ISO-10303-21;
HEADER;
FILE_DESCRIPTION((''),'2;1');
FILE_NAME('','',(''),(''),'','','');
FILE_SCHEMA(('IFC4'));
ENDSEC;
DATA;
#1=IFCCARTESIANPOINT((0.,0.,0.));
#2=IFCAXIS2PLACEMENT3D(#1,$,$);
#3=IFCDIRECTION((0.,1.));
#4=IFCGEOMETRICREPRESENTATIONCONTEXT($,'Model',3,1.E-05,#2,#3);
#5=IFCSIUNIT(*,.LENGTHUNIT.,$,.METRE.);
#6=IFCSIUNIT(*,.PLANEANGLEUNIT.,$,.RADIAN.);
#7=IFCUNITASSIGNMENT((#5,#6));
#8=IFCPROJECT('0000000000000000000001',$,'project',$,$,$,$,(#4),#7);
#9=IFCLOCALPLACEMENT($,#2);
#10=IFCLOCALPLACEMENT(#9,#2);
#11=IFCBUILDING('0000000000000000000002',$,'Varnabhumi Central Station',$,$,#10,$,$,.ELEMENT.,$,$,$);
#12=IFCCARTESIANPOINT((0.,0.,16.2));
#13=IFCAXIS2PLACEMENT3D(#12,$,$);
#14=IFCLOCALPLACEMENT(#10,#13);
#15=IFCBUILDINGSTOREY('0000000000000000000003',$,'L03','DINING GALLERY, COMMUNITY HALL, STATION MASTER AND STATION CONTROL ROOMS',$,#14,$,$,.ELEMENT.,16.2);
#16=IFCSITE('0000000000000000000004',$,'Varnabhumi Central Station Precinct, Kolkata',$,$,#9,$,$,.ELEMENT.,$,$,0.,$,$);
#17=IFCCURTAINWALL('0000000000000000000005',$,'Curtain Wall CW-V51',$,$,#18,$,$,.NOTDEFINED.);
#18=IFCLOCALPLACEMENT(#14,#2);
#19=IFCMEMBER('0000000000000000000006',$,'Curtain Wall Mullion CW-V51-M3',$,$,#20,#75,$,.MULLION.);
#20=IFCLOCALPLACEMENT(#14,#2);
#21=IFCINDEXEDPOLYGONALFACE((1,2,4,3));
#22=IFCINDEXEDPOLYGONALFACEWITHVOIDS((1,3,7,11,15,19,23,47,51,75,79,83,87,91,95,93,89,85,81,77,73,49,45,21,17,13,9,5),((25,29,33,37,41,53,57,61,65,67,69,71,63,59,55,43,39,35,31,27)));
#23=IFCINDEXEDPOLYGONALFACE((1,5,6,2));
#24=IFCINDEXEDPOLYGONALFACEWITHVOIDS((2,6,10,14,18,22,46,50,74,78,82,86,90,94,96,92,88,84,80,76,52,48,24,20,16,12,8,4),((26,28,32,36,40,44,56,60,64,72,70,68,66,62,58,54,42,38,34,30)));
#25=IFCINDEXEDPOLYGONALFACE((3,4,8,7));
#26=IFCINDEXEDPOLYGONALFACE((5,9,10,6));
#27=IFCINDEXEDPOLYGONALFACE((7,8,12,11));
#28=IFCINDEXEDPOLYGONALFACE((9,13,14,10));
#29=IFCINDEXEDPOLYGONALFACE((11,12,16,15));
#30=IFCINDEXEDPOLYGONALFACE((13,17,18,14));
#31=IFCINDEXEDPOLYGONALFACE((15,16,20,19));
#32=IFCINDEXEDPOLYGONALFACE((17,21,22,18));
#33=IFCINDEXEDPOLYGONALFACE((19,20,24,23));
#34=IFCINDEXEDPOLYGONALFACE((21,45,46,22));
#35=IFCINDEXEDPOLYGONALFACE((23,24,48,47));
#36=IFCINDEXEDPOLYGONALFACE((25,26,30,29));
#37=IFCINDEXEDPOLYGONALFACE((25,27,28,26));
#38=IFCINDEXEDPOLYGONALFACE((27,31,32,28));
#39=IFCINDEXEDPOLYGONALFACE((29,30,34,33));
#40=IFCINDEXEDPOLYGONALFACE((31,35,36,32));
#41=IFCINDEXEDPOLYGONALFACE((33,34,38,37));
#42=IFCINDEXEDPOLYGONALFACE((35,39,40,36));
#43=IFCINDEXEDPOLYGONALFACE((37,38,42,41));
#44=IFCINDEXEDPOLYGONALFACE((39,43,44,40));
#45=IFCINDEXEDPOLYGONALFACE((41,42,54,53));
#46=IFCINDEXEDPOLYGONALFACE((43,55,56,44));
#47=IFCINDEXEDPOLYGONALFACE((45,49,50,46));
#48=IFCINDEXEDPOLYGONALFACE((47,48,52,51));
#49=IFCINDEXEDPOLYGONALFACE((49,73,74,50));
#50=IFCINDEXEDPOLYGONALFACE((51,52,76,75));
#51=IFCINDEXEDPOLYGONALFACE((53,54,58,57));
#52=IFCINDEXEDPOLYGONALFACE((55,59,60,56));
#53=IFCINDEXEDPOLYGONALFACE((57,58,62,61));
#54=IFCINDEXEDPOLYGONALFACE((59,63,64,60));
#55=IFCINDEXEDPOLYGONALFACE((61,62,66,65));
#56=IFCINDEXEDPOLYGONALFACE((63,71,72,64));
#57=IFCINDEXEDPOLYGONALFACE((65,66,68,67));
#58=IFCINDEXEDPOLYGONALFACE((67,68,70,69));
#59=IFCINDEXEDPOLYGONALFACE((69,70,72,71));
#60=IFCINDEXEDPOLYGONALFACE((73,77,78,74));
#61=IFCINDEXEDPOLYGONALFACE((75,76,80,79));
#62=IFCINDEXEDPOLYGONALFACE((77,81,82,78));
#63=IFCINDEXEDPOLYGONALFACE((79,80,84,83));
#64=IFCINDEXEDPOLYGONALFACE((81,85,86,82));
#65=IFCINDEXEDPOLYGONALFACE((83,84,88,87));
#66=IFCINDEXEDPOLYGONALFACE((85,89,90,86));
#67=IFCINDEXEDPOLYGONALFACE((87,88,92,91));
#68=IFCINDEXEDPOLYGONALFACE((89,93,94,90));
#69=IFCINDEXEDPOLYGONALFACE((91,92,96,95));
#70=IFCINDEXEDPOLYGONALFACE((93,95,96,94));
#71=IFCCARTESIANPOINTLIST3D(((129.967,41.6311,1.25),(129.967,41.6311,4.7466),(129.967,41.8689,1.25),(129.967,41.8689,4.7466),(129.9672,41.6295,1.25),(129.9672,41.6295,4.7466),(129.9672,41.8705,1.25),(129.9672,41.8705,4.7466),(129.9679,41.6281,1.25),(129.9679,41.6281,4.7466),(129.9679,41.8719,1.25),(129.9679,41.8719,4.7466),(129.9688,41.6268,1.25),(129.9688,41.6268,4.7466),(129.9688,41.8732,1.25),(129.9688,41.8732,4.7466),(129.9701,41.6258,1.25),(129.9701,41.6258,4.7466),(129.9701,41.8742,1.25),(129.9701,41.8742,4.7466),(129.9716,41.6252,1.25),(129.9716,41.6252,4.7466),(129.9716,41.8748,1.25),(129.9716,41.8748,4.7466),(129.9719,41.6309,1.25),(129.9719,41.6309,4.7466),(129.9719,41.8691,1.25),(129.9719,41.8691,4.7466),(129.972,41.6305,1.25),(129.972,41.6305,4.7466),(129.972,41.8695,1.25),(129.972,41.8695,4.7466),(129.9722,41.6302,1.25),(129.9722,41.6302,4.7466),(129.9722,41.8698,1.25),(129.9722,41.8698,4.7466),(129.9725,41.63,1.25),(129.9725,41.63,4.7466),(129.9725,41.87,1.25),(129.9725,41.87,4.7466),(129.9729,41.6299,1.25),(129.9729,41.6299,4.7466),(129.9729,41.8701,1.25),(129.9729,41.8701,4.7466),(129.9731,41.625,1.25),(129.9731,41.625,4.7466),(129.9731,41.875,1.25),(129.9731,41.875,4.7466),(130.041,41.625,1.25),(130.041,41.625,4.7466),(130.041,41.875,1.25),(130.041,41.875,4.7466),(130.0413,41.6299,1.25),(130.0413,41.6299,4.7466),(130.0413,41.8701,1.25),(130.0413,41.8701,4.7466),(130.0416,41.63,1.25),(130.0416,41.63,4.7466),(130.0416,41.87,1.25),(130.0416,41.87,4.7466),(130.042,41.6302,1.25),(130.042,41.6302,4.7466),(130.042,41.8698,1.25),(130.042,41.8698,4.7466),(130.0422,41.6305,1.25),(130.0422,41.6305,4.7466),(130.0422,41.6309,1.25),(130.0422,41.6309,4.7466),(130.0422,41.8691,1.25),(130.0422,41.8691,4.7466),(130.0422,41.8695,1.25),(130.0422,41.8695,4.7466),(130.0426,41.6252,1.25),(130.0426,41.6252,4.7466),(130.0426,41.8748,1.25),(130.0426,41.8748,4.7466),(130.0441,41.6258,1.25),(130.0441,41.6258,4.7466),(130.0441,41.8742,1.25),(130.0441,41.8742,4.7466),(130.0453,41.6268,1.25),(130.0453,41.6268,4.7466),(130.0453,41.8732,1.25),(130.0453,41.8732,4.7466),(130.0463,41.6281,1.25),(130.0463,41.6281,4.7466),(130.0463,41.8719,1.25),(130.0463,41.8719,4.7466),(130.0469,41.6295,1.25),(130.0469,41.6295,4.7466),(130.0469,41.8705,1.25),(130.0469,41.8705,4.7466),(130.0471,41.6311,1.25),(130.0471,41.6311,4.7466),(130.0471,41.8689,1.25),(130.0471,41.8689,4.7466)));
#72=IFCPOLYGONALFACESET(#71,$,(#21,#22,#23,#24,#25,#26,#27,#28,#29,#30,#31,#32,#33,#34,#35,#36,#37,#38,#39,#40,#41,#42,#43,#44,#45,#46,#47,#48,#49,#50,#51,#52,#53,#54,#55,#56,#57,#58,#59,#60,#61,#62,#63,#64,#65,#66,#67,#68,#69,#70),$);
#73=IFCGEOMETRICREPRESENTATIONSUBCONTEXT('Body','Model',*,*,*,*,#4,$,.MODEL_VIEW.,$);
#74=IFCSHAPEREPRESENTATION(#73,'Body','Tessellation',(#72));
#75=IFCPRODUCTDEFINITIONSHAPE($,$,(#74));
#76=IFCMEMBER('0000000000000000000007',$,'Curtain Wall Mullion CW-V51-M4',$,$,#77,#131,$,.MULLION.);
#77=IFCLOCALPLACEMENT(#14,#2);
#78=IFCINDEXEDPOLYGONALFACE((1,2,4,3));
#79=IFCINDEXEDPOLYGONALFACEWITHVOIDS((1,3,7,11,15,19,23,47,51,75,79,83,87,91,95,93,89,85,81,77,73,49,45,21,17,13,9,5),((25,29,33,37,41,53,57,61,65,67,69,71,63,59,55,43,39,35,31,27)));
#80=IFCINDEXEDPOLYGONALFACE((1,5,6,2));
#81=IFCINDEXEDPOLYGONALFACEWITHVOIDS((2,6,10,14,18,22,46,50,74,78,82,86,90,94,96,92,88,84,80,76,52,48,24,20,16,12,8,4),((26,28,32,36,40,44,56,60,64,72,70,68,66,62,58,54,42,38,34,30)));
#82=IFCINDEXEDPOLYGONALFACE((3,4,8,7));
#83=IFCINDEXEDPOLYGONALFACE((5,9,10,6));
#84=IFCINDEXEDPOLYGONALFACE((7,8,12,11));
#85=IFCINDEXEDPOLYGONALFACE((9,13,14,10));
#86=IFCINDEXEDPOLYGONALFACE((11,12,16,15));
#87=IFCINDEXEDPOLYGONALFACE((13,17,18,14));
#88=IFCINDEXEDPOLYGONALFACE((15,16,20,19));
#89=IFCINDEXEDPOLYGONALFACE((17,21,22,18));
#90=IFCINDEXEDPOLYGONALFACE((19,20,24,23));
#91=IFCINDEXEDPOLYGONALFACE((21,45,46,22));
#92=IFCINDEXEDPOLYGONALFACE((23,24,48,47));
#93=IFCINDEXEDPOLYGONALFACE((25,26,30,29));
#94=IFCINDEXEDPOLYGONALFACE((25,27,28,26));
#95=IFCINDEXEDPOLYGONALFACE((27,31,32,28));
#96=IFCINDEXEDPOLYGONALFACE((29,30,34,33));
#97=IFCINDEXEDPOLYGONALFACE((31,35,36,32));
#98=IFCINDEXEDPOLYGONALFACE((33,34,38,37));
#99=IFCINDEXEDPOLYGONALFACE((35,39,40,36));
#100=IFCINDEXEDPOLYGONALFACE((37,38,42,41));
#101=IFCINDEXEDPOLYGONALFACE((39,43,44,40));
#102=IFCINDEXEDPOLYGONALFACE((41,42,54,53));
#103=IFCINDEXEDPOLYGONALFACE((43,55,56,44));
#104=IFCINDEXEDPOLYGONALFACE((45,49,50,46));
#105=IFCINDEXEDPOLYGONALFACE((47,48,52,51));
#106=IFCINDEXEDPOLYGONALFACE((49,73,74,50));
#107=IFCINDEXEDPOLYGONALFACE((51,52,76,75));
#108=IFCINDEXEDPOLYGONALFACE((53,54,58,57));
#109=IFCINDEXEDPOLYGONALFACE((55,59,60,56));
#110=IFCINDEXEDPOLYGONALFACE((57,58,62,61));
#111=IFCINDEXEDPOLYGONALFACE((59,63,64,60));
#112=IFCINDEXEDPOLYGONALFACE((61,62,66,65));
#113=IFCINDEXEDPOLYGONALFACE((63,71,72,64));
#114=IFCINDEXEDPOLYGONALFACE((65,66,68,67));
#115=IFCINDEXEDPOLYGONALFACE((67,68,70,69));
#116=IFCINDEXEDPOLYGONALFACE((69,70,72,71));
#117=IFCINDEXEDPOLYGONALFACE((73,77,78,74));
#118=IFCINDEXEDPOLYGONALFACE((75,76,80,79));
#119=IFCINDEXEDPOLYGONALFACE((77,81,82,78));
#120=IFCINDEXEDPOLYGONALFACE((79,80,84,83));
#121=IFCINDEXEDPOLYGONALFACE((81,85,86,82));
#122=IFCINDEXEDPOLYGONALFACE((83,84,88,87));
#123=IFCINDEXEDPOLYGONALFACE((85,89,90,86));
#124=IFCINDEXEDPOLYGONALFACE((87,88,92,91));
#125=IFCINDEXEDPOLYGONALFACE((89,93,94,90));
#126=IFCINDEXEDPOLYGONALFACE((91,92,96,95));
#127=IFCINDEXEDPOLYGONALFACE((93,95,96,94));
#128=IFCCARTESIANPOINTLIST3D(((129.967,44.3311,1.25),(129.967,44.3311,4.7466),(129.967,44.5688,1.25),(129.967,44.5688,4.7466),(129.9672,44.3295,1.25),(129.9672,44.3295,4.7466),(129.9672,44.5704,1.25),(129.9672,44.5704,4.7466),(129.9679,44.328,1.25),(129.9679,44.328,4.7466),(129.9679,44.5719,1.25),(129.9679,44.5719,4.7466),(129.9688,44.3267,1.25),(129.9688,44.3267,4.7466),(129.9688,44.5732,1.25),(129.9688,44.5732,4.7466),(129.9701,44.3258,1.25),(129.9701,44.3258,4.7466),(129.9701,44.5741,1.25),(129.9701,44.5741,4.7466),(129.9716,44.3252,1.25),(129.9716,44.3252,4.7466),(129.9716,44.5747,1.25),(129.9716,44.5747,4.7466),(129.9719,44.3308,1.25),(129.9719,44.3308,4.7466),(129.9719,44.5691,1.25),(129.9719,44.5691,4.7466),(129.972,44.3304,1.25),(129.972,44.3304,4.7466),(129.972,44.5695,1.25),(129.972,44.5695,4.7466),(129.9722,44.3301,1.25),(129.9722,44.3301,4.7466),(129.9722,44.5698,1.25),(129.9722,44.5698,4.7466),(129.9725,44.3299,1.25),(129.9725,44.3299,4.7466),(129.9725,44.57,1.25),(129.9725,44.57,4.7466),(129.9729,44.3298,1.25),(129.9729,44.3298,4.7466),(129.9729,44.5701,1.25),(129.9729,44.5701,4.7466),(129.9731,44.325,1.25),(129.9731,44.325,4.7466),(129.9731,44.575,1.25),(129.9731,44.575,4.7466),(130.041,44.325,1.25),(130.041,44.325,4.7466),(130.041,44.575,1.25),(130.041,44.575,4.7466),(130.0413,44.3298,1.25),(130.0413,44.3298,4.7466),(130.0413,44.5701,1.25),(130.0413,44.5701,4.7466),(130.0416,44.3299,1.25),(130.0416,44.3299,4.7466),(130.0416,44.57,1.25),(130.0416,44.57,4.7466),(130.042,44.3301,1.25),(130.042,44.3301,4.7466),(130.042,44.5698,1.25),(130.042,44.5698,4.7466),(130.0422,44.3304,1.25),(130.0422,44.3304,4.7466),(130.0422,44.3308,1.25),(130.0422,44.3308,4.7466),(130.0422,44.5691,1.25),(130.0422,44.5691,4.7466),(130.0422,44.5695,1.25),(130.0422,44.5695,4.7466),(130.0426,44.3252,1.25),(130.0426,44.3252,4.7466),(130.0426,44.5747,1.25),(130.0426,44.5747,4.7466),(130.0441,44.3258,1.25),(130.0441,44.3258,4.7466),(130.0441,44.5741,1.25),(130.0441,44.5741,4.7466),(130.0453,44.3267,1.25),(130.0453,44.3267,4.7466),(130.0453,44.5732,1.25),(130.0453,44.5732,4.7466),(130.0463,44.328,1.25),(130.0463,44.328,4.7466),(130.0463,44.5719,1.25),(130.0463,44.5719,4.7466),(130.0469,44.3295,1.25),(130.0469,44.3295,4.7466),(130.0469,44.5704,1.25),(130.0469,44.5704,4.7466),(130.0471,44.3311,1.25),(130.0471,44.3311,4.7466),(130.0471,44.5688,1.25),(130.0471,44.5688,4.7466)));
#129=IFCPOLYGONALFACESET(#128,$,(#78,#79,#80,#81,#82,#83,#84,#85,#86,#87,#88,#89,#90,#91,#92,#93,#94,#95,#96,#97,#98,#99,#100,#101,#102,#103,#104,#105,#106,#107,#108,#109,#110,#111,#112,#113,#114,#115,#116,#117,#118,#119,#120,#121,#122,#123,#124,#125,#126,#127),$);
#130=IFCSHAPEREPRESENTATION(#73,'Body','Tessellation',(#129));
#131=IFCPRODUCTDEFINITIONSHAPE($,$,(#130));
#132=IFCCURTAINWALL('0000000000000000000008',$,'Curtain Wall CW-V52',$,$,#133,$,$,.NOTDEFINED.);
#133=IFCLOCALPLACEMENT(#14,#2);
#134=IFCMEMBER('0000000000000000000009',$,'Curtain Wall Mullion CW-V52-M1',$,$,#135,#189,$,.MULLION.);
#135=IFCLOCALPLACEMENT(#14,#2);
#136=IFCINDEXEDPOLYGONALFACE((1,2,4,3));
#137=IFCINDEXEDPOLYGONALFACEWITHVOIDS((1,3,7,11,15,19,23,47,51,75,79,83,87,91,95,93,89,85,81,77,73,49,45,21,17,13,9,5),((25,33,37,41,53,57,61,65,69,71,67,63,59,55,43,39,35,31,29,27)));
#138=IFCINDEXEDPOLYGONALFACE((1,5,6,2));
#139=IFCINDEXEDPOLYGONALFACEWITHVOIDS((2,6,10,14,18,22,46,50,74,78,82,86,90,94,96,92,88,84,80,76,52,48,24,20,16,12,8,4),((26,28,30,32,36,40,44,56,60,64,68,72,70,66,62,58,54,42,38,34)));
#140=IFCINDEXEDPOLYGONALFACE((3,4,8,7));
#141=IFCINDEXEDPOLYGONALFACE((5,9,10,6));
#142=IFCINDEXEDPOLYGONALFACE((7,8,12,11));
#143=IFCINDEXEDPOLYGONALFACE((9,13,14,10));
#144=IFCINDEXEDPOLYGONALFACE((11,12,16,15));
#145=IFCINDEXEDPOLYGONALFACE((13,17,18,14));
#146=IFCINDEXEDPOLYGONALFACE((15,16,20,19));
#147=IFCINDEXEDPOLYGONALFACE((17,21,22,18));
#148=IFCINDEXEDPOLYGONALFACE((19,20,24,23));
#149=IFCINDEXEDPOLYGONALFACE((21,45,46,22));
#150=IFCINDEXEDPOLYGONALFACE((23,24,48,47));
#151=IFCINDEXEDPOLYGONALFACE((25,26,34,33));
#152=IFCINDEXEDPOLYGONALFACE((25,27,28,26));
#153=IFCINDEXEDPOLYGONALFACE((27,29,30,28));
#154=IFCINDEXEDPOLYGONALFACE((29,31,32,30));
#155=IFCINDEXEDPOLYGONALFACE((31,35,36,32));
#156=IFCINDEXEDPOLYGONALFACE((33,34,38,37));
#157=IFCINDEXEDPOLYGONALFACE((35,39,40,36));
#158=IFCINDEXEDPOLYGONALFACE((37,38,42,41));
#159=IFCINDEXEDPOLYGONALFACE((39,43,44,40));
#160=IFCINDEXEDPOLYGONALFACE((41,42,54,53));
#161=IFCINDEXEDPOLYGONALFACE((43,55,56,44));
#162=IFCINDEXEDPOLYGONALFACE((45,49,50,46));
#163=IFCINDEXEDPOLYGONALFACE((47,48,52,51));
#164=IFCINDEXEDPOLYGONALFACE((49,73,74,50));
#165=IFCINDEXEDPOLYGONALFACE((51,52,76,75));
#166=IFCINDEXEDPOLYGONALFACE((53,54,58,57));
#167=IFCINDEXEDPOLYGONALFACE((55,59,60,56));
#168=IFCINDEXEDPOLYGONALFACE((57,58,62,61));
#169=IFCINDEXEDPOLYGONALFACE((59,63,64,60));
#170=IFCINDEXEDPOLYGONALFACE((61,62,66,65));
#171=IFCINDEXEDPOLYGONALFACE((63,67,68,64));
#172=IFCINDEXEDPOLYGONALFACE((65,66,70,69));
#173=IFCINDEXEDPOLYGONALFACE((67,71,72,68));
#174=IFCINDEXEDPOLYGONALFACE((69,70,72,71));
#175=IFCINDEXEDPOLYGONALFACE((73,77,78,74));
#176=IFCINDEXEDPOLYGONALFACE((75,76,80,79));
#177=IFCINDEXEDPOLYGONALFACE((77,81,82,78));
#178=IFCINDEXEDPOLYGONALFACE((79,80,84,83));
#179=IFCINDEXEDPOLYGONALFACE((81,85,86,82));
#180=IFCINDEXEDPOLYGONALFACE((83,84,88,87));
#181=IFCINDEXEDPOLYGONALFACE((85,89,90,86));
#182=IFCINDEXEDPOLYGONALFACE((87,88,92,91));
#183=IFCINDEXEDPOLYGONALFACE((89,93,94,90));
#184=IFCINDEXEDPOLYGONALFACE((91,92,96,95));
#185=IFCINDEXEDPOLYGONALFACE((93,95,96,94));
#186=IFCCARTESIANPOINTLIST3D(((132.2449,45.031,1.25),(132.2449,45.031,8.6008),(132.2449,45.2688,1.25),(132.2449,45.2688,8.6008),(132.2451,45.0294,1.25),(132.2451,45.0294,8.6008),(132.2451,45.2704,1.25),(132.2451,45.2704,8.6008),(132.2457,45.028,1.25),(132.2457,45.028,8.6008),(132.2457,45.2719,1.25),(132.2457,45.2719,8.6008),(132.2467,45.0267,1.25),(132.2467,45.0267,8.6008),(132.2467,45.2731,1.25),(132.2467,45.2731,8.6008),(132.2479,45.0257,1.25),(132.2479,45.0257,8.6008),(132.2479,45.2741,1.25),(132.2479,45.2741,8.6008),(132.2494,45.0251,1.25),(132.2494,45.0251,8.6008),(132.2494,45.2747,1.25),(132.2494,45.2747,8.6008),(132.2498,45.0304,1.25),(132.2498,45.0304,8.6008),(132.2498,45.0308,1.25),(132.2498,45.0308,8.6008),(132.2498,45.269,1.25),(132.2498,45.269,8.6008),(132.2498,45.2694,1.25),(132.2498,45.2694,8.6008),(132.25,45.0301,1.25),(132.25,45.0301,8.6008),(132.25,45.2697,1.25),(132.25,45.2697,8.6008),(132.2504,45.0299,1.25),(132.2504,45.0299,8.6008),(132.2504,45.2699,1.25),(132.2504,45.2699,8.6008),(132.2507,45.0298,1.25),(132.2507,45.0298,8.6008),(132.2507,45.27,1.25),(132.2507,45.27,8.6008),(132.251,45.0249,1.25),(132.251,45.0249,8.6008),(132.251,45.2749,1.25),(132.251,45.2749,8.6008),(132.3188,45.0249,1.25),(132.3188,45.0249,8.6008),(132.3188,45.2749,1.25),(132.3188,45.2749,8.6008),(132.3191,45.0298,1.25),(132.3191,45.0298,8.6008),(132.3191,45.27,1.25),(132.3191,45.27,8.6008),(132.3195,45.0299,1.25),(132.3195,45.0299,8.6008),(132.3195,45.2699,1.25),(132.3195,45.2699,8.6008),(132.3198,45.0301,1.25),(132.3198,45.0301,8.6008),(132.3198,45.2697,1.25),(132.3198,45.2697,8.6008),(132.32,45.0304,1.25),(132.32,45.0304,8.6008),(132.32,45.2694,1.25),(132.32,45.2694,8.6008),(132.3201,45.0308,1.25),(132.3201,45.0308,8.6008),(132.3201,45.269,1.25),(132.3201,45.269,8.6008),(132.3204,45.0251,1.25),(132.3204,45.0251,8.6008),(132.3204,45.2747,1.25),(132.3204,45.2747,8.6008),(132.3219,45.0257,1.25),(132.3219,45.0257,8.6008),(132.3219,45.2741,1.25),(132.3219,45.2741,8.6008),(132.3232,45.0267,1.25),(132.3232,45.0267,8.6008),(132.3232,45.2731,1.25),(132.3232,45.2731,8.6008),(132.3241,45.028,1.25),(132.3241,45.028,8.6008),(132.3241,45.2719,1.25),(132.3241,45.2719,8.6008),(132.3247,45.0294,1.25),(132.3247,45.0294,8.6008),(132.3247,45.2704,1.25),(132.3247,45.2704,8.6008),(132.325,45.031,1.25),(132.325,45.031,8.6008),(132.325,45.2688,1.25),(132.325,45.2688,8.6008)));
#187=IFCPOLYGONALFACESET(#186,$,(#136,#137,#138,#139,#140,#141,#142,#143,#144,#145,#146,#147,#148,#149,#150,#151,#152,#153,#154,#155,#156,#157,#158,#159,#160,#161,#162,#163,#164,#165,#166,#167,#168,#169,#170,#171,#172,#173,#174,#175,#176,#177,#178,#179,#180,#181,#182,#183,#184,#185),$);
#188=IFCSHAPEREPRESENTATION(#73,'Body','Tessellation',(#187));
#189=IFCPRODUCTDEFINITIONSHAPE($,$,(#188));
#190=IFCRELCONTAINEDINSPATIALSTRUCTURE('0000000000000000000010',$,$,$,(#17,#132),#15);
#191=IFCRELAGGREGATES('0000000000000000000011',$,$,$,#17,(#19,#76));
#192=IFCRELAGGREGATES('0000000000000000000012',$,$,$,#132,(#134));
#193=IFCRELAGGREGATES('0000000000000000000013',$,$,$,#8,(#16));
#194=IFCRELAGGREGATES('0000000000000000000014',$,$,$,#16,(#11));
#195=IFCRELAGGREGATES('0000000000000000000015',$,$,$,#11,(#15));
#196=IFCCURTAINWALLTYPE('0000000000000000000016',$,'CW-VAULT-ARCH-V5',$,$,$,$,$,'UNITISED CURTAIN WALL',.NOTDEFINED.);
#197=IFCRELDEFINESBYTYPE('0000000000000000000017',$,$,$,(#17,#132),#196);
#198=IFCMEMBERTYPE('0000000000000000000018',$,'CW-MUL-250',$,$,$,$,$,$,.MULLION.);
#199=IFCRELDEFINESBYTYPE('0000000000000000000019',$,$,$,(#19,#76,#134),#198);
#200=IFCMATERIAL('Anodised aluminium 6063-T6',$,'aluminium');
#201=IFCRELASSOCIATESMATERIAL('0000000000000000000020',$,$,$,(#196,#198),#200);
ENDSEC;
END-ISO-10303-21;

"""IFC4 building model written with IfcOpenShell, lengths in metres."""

from ifc_helpers import new_model, si_unit, direction, frame, origin, origin_2d, place, context, subcontext, project, spatial, hollow_rectangle, extrude, material, material_profile, profile_set, type_object, element, aggregate, save


model = new_model("IFC4")

# Units and contexts
model_context = context("Model", 3, precision=1e-05, world=origin(), true_north=direction((0.0, 1.0)))
body_context = subcontext(model_context, "Body", "Model", "MODEL_VIEW")
ifc_project = project(units=[si_unit("LENGTHUNIT", "METRE"), si_unit("PLANEANGLEUNIT", "RADIAN")], contexts=[model_context])

# Site, building, storey
site_placement = place(None, origin())
site = spatial("IfcSite", under=ifc_project, at=site_placement, Name="Varnabhumi Central Station Precinct, Kolkata", CompositionType="ELEMENT", RefElevation=0.0)
building_placement = place(site_placement, origin())
building = spatial("IfcBuilding", under=site, at=building_placement, Name="Varnabhumi Central Station", CompositionType="ELEMENT")
storey_placement = place(building_placement, frame((0.0, 0.0, 16.2)))
storey = spatial("IfcBuildingStorey", under=building, at=storey_placement, Name="L03", Description="DINING GALLERY, COMMUNITY HALL, STATION MASTER AND STATION CONTROL ROOMS", CompositionType="ELEMENT", Elevation=16.2)

# Curtain walls, members
ifc_material_1 = material(Name="Anodised aluminium 6063-T6", Category="aluminium")
curtain_wall_type = type_object("IfcCurtainWallType", Name="CW-VAULT-ARCH-V5", ElementType="UNITISED CURTAIN WALL", PredefinedType="NOTDEFINED", material=ifc_material_1)
curtain_wall_1_placement = place(storey_placement, origin())
curtain_wall_1 = element("IfcCurtainWall", 1, at=curtain_wall_1_placement, inside=storey, type_object=curtain_wall_type, Name="Curtain Wall CW-V51", PredefinedType="NOTDEFINED")
ifc_material_profile_1 = material_profile(ifc_material_1, hollow_rectangle(XDim=0.0801, YDim=0.25, WallThickness=0.0049, InnerFilletRadius=0.001, OuterFilletRadius=0.0061, at=origin_2d()), Name="Anodised aluminium 6063-T6", Category="aluminium")
ifc_profile_set_1 = profile_set([ifc_material_profile_1], Name="Anodised aluminium 6063-T6")
member_type_1 = type_object("IfcMemberType", Name="CW-MUL-250", PredefinedType="MULLION", material=ifc_profile_set_1)
member_1_placement = place(storey_placement, frame((130.0071, 41.75, 1.25), z_axis=(0.0, 0.0, 1.0), x_axis=(1.0, 0.0, 0.0)))
member_1 = element("IfcMember", 2, at=member_1_placement, type_object=member_type_1, Name="Curtain Wall Mullion CW-V51-M3", PredefinedType="MULLION", context=body_context, shape_type="SweptSolid", body=[
    extrude(hollow_rectangle(XDim=0.0801, YDim=0.25, WallThickness=0.0049, InnerFilletRadius=0.001, OuterFilletRadius=0.0061, at=origin_2d()), origin(), (0.0, 0.0, 1.0), 3.4966),
])
member_2_placement = place(storey_placement, frame((130.0071, 44.45, 1.25), z_axis=(0.0, 0.0, 1.0), x_axis=(1.0, 0.0, 0.0)))
member_2 = element("IfcMember", 3, at=member_2_placement, type_object=member_type_1, Name="Curtain Wall Mullion CW-V51-M4", PredefinedType="MULLION", context=body_context, shape_type="SweptSolid", body=[
    extrude(hollow_rectangle(XDim=0.0801, YDim=0.25, WallThickness=0.0049, InnerFilletRadius=0.001, OuterFilletRadius=0.0061, at=origin_2d()), origin(), (0.0, 0.0, 1.0), 3.4966),
])
curtain_wall_2_placement = place(storey_placement, origin())
curtain_wall_2 = element("IfcCurtainWall", 4, at=curtain_wall_2_placement, inside=storey, type_object=curtain_wall_type, Name="Curtain Wall CW-V52", PredefinedType="NOTDEFINED")
member_3_placement = place(storey_placement, frame((132.2849, 45.1499, 1.25), z_axis=(0.0, 0.0, 1.0), x_axis=(1.0, 0.0, 0.0)))
member_3 = element("IfcMember", 5, at=member_3_placement, type_object=member_type_1, Name="Curtain Wall Mullion CW-V52-M1", PredefinedType="MULLION", context=body_context, shape_type="SweptSolid", body=[
    extrude(hollow_rectangle(XDim=0.0801, YDim=0.25, WallThickness=0.0049, InnerFilletRadius=0.001, OuterFilletRadius=0.0061, at=origin_2d()), origin(), (0.0, 0.0, 1.0), 7.3508),
])

aggregate(curtain_wall_1, [member_1, member_2])
aggregate(curtain_wall_2, [member_3])

save(model, "model.ifc")
